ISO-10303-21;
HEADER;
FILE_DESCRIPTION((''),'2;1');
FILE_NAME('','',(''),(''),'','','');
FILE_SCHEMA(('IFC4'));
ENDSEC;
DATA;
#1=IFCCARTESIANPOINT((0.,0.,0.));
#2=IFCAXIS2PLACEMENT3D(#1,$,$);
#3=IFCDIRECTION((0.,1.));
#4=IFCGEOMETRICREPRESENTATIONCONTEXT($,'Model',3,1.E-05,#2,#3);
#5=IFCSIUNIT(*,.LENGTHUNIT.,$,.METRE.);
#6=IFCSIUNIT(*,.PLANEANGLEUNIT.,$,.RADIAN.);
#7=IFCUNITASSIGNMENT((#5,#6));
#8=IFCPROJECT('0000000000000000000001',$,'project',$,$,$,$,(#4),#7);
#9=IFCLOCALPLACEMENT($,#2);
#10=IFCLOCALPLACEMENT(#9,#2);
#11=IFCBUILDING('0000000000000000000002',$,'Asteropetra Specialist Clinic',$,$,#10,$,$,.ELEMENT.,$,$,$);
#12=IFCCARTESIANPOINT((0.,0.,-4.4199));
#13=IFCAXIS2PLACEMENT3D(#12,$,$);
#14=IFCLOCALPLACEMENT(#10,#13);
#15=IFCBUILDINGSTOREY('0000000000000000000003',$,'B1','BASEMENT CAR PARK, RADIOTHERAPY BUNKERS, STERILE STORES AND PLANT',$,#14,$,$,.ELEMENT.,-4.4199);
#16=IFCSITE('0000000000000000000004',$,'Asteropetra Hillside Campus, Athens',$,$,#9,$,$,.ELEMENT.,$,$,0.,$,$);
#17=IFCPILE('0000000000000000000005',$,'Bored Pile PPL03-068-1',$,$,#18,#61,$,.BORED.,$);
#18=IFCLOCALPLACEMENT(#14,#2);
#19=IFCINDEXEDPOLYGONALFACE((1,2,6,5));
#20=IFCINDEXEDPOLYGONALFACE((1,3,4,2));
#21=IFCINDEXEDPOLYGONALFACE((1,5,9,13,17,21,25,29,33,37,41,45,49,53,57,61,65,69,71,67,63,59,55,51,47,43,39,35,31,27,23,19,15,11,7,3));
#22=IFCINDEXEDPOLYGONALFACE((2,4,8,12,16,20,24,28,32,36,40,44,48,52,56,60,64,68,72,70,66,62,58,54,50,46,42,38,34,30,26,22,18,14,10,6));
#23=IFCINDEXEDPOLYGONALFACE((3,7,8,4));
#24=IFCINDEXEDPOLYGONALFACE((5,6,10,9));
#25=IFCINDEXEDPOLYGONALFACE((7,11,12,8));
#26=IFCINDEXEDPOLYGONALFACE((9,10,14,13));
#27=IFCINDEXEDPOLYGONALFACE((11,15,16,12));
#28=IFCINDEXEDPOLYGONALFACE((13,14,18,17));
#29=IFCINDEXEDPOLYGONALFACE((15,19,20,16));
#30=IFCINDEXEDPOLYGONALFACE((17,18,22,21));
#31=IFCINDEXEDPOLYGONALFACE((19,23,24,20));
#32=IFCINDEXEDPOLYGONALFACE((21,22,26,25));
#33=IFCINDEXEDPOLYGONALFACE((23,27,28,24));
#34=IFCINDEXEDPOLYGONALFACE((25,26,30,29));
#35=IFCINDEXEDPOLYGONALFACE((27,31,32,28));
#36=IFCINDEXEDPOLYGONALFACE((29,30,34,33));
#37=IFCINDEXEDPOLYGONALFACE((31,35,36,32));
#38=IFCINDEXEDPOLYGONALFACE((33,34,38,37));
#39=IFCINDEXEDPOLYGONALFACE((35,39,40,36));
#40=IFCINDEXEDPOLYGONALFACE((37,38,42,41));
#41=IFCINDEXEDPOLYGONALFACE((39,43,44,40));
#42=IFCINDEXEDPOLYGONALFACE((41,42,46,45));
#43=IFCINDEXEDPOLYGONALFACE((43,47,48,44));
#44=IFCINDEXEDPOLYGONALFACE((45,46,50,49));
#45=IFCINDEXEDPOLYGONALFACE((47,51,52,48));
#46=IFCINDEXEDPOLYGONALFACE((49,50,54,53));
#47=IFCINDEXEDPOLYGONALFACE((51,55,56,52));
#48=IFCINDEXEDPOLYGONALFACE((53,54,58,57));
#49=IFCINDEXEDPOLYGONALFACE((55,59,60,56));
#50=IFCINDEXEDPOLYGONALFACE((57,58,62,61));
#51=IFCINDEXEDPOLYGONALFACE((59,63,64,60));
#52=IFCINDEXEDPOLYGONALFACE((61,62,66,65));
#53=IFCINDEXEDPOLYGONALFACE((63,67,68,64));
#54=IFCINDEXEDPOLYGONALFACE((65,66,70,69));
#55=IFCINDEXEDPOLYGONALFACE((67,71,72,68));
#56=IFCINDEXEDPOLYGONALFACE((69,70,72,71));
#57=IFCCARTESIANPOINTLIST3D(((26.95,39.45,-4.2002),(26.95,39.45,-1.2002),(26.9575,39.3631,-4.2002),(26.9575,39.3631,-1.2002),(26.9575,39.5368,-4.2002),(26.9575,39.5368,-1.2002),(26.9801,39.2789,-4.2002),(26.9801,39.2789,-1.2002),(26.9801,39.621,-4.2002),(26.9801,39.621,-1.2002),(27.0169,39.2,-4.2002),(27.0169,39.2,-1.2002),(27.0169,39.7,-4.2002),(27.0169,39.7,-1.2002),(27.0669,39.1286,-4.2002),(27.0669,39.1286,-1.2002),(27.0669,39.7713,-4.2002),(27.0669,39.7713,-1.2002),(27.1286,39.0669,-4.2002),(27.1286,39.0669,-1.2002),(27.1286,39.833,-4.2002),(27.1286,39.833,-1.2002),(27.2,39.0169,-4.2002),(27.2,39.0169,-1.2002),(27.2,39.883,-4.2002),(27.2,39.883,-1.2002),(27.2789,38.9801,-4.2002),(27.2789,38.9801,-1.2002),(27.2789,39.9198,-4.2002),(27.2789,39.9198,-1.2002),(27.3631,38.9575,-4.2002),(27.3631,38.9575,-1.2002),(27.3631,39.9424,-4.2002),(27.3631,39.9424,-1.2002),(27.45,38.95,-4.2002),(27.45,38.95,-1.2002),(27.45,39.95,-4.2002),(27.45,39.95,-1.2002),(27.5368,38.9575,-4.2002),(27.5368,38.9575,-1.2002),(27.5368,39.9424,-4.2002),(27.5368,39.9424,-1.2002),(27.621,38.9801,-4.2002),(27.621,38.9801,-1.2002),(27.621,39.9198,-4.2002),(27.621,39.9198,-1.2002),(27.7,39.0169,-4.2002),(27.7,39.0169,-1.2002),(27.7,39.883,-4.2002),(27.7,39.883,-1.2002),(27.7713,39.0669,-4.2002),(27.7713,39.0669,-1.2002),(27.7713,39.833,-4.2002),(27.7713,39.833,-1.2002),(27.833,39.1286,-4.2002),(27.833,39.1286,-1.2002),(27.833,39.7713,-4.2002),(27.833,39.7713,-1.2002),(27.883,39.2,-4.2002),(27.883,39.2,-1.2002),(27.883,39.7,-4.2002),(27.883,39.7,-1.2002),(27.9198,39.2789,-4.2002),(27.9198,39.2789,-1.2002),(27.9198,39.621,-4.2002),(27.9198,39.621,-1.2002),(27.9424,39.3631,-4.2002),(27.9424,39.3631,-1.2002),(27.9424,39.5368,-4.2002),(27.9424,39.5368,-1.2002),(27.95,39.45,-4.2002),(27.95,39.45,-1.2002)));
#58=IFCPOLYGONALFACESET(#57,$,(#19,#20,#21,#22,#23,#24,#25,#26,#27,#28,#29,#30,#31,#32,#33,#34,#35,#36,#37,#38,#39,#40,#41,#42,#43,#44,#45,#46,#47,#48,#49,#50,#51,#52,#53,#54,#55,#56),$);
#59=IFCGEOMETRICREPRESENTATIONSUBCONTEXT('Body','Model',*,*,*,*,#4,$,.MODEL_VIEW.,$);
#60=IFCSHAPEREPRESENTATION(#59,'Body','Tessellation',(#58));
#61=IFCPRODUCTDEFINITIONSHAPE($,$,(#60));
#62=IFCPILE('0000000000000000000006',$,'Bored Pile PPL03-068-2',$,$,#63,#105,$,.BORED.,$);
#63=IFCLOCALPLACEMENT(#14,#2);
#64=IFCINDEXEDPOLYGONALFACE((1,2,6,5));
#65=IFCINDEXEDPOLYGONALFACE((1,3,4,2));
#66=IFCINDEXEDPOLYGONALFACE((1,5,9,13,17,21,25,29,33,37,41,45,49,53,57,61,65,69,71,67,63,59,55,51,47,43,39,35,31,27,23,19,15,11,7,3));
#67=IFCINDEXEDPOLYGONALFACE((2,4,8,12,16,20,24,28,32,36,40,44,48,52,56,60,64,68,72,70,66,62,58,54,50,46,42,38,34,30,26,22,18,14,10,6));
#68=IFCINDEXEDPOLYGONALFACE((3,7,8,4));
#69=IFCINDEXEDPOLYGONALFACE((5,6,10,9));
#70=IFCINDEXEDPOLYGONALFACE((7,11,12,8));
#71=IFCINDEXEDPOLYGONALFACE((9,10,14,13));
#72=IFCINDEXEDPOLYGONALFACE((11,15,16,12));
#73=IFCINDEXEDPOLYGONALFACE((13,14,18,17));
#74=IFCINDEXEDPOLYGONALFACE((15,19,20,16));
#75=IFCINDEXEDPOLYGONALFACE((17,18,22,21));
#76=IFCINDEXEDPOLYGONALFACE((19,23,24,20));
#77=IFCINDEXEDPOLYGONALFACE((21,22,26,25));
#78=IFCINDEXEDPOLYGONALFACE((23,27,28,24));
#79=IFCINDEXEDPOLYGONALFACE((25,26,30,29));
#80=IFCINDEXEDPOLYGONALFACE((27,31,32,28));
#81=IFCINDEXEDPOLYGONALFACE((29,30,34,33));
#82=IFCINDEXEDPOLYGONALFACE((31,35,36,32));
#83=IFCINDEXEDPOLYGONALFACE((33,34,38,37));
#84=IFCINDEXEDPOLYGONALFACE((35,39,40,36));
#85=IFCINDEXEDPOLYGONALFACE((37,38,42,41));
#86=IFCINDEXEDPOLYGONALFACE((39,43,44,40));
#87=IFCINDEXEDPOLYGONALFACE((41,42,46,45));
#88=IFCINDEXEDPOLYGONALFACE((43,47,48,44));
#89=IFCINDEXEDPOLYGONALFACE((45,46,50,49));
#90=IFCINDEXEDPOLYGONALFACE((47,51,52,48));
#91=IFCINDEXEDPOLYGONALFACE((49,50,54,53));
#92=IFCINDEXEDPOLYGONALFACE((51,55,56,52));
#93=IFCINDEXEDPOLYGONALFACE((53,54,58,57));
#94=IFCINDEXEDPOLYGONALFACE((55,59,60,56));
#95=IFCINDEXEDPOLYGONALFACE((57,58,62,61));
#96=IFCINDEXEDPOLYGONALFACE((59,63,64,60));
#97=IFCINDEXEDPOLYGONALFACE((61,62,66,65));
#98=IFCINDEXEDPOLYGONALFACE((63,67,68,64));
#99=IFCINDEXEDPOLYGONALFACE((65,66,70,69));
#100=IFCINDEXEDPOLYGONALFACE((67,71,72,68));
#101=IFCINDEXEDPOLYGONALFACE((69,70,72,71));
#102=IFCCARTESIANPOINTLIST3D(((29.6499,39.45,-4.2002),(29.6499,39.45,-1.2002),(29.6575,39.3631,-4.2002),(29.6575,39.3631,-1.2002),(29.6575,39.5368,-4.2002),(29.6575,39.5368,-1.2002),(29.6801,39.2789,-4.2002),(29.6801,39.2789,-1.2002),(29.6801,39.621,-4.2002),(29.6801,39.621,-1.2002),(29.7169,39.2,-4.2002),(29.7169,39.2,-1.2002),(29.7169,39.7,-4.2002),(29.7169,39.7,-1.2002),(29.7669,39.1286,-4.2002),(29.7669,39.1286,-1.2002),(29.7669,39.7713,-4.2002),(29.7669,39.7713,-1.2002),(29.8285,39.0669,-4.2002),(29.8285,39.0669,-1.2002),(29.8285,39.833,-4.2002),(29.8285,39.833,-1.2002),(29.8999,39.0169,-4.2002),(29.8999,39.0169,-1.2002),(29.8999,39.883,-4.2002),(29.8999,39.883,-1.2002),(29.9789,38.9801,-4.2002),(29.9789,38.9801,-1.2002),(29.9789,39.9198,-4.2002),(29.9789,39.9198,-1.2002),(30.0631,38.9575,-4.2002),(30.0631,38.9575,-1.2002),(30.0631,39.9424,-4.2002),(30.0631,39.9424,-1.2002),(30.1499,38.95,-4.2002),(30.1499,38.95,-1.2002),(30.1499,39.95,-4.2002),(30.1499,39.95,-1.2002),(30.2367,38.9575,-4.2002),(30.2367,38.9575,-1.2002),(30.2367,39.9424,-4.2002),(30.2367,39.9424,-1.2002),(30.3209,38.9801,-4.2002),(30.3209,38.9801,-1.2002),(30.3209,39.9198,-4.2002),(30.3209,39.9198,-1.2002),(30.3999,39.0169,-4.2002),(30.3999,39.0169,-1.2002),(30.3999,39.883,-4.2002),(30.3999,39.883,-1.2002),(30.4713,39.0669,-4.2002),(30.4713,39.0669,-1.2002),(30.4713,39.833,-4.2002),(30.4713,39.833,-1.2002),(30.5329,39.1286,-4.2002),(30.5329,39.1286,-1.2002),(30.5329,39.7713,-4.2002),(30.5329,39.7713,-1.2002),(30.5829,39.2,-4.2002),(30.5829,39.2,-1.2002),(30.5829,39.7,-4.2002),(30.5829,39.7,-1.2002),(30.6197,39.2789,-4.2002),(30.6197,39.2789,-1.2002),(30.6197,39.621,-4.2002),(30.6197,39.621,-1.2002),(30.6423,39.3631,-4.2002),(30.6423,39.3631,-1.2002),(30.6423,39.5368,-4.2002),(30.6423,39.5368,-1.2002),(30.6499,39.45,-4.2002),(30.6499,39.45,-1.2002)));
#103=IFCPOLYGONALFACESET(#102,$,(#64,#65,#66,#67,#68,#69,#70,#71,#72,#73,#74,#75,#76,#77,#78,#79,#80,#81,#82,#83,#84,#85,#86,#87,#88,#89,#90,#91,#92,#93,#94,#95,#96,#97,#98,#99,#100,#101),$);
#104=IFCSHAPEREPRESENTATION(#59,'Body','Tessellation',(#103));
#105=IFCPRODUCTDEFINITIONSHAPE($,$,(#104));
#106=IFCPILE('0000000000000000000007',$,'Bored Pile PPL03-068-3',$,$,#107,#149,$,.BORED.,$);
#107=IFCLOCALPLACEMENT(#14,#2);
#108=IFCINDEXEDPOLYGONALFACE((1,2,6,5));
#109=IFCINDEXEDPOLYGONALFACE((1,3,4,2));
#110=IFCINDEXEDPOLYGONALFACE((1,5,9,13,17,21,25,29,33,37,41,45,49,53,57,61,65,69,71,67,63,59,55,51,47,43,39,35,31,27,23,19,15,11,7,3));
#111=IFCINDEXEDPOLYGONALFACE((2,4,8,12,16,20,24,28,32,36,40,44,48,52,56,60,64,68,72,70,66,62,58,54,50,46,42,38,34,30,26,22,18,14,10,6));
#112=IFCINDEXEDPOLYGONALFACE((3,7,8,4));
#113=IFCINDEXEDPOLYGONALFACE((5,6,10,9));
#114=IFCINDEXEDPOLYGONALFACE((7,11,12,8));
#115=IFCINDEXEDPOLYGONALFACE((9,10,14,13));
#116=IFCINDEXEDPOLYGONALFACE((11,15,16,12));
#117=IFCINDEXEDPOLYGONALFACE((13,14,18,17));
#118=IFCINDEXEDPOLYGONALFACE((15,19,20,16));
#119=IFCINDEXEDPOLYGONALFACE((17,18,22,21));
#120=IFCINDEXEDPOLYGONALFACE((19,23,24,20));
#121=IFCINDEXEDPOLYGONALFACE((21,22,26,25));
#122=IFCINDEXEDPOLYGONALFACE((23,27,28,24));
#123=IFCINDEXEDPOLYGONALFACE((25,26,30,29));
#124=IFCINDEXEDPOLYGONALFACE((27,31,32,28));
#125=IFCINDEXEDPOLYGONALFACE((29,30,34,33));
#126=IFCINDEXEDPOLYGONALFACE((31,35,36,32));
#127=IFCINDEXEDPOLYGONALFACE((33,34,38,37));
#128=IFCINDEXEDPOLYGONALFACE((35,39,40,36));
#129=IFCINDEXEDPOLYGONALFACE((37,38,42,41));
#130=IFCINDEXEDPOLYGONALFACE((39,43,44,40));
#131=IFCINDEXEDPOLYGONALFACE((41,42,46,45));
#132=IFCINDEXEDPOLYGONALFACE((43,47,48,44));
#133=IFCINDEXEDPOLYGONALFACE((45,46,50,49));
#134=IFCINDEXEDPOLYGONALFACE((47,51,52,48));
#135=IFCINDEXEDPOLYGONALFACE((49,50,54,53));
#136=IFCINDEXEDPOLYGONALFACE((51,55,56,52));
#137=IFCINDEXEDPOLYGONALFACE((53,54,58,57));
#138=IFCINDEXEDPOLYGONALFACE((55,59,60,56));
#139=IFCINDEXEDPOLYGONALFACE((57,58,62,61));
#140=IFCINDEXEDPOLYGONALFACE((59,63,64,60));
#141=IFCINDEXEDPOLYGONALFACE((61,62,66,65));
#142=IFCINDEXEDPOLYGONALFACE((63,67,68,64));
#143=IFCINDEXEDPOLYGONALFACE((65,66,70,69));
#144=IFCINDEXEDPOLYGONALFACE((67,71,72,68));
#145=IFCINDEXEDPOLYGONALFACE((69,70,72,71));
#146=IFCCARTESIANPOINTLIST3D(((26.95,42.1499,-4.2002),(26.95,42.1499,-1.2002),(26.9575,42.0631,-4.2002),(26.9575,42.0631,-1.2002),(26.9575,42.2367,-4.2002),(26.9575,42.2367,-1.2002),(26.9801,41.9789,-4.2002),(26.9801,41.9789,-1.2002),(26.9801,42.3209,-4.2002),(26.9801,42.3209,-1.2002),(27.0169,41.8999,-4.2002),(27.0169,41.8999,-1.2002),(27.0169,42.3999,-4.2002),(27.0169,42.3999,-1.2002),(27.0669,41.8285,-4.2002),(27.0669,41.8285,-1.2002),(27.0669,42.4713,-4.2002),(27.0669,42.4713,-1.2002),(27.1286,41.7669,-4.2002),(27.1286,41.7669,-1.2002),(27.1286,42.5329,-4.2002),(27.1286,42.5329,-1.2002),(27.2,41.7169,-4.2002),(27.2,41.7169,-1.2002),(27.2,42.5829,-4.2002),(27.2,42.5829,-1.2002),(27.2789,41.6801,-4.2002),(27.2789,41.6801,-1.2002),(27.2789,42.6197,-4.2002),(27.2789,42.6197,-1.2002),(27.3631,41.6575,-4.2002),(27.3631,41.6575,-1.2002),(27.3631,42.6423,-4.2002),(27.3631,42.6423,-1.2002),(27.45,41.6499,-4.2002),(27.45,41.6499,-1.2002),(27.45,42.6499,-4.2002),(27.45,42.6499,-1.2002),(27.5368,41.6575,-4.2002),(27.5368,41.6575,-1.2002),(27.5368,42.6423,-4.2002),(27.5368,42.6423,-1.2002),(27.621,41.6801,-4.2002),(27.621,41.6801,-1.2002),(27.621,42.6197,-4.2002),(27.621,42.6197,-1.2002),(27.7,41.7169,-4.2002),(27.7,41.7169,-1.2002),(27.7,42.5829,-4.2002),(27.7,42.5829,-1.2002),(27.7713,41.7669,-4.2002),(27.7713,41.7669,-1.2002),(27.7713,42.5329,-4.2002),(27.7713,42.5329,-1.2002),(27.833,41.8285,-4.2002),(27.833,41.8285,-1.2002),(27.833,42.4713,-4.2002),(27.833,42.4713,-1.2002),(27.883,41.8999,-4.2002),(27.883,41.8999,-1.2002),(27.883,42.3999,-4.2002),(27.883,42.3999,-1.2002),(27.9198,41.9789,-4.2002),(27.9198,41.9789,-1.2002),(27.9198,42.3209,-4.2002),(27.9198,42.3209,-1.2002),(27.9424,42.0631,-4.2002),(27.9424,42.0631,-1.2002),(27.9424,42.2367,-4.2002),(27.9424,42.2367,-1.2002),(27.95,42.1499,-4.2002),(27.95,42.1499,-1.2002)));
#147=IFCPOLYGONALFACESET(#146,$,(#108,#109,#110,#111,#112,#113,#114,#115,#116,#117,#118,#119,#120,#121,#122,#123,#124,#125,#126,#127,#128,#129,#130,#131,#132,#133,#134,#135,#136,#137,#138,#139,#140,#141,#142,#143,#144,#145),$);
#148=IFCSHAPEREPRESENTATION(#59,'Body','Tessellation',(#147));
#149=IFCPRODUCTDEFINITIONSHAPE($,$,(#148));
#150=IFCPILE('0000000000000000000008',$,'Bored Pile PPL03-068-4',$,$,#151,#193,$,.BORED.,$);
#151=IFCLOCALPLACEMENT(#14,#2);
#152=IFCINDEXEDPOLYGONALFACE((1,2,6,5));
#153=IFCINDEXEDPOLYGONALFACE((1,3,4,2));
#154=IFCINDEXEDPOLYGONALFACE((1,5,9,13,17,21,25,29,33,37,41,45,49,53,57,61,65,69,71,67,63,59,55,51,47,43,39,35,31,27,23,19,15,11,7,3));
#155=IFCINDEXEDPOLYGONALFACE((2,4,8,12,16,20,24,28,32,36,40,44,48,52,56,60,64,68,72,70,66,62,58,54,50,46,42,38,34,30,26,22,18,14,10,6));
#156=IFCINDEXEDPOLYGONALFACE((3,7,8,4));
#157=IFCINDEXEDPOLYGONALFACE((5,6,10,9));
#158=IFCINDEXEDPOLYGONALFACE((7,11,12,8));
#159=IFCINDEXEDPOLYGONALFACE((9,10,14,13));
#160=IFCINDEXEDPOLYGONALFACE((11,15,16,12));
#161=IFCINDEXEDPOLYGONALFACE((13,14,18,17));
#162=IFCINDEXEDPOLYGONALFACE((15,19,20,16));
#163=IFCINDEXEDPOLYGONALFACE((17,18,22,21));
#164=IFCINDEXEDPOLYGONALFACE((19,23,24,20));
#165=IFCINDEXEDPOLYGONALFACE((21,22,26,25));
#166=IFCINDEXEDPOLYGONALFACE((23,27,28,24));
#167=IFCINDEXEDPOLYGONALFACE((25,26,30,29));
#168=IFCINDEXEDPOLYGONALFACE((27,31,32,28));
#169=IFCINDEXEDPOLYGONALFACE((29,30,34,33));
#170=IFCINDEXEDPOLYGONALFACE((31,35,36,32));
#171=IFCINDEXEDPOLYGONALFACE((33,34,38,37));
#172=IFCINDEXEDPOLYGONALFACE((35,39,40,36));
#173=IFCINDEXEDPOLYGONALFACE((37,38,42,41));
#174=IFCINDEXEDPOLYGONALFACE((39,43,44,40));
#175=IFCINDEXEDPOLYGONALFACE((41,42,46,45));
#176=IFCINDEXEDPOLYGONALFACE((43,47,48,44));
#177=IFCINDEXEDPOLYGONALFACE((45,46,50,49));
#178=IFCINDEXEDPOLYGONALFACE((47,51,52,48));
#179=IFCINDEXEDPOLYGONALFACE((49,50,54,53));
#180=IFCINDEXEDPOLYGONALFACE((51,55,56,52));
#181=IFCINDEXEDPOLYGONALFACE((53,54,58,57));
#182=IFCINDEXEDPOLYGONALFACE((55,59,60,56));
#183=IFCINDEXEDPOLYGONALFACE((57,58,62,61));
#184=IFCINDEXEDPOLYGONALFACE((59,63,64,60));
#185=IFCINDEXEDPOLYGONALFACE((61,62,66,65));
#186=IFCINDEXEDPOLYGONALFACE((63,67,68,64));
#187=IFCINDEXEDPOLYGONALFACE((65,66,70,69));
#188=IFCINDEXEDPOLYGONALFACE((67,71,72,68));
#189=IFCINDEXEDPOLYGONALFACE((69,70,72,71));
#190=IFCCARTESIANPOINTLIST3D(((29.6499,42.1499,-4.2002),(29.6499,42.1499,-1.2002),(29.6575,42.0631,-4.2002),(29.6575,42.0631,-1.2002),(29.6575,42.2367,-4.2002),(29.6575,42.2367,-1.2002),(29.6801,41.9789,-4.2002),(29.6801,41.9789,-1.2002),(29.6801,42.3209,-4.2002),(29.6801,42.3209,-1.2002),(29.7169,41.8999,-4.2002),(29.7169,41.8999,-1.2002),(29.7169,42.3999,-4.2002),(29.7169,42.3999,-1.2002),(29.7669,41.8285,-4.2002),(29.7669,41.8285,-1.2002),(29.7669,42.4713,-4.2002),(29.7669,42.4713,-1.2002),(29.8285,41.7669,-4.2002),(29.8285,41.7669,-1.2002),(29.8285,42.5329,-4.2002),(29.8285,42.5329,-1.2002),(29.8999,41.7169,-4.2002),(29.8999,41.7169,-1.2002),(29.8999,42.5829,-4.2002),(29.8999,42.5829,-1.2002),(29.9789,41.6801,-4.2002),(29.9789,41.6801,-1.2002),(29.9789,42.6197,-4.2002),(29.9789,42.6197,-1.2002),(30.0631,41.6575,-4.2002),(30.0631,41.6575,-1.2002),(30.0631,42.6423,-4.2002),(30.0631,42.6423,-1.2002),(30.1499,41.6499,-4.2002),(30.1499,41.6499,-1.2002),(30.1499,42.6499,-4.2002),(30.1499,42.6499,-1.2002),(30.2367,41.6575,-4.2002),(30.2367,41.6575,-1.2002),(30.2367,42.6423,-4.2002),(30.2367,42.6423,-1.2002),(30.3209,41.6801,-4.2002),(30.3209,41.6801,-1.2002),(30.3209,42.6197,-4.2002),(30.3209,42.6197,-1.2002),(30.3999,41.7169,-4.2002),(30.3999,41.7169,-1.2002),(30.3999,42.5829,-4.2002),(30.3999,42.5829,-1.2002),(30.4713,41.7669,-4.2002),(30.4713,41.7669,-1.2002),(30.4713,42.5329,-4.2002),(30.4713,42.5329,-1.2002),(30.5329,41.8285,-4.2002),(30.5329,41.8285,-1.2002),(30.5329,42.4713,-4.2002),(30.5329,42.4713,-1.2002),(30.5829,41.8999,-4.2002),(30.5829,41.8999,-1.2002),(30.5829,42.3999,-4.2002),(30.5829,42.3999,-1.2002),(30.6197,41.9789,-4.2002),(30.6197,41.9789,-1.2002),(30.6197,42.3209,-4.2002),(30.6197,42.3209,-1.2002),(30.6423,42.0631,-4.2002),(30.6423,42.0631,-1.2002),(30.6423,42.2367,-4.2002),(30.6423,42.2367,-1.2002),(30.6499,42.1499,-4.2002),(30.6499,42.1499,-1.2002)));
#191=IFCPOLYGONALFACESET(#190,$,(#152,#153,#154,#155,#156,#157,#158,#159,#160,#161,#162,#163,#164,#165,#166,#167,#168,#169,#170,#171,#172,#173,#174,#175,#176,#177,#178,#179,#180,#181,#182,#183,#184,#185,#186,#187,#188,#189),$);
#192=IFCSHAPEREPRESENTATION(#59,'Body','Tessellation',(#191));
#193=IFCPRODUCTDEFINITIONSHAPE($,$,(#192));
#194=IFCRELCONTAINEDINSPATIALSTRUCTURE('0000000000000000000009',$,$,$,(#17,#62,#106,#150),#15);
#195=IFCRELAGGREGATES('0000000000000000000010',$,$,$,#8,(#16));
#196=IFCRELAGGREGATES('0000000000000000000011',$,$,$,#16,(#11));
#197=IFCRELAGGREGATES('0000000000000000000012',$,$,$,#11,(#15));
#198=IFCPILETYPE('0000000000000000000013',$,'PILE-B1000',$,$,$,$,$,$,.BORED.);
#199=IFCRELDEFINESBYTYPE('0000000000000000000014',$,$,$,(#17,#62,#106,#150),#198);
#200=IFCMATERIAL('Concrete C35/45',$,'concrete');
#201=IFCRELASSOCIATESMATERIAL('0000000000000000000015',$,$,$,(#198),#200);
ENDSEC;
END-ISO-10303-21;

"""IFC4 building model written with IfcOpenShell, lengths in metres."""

from ifc_helpers import new_model, si_unit, direction, frame, origin, origin_2d, place, context, subcontext, project, spatial, circle, extrude, material, material_profile, profile_set, type_object, element, save


model = new_model("IFC4")

# Units and contexts
model_context = context("Model", 3, precision=1e-05, world=origin(), true_north=direction((0.0, 1.0)))
body_context = subcontext(model_context, "Body", "Model", "MODEL_VIEW")
ifc_project = project(units=[si_unit("LENGTHUNIT", "METRE"), si_unit("PLANEANGLEUNIT", "RADIAN")], contexts=[model_context])

# Site, building, storey
site_placement = place(None, origin())
site = spatial("IfcSite", under=ifc_project, at=site_placement, Name="Asteropetra Hillside Campus, Athens", CompositionType="ELEMENT", RefElevation=0.0)
building_placement = place(site_placement, origin())
building = spatial("IfcBuilding", under=site, at=building_placement, Name="Asteropetra Specialist Clinic", CompositionType="ELEMENT")
storey_placement = place(building_placement, frame((0.0, 0.0, -4.4199)))
storey = spatial("IfcBuildingStorey", under=building, at=storey_placement, Name="B1", Description="BASEMENT CAR PARK, RADIOTHERAPY BUNKERS, STERILE STORES AND PLANT", CompositionType="ELEMENT", Elevation=-4.4199)

# Piles
ifc_material_1 = material(Name="Concrete C35/45", Category="concrete")
ifc_material_profile_1 = material_profile(ifc_material_1, circle(Radius=0.5, at=origin_2d()), Name="PILE D1000")
ifc_profile_set_1 = profile_set([ifc_material_profile_1], Name="Concrete C35/45")
pile_type_1 = type_object("IfcPileType", Name="PILE-B1000", PredefinedType="BORED", material=ifc_profile_set_1)
for number, where, z_axis, x_axis, name in (
    (1, (27.45, 39.45, -1.2002), (0.0, 0.0, -1.0), (1.0, 0.0, 0.0), "Bored Pile PPL03-068-1"),
    (2, (30.1499, 39.45, -1.2002), (0.0, 0.0, -1.0), (1.0, 0.0, 0.0), "Bored Pile PPL03-068-2"),
    (3, (27.45, 42.1499, -1.2002), (0.0, 0.0, -1.0), (1.0, 0.0, 0.0), "Bored Pile PPL03-068-3"),
    (4, (30.1499, 42.1499, -1.2002), (0.0, 0.0, -1.0), (1.0, 0.0, 0.0), "Bored Pile PPL03-068-4"),
):
    element("IfcPile", number, at=place(storey_placement, frame(where, z_axis=z_axis, x_axis=x_axis)), inside=storey, type_object=pile_type_1, Name=name, PredefinedType="BORED", context=body_context, shape_type="SweptSolid", body=[
        extrude(circle(Radius=0.5, at=origin_2d()), origin(), (0.0, 0.0, 1.0), 3.0),
    ])

save(model, "model.ifc")
